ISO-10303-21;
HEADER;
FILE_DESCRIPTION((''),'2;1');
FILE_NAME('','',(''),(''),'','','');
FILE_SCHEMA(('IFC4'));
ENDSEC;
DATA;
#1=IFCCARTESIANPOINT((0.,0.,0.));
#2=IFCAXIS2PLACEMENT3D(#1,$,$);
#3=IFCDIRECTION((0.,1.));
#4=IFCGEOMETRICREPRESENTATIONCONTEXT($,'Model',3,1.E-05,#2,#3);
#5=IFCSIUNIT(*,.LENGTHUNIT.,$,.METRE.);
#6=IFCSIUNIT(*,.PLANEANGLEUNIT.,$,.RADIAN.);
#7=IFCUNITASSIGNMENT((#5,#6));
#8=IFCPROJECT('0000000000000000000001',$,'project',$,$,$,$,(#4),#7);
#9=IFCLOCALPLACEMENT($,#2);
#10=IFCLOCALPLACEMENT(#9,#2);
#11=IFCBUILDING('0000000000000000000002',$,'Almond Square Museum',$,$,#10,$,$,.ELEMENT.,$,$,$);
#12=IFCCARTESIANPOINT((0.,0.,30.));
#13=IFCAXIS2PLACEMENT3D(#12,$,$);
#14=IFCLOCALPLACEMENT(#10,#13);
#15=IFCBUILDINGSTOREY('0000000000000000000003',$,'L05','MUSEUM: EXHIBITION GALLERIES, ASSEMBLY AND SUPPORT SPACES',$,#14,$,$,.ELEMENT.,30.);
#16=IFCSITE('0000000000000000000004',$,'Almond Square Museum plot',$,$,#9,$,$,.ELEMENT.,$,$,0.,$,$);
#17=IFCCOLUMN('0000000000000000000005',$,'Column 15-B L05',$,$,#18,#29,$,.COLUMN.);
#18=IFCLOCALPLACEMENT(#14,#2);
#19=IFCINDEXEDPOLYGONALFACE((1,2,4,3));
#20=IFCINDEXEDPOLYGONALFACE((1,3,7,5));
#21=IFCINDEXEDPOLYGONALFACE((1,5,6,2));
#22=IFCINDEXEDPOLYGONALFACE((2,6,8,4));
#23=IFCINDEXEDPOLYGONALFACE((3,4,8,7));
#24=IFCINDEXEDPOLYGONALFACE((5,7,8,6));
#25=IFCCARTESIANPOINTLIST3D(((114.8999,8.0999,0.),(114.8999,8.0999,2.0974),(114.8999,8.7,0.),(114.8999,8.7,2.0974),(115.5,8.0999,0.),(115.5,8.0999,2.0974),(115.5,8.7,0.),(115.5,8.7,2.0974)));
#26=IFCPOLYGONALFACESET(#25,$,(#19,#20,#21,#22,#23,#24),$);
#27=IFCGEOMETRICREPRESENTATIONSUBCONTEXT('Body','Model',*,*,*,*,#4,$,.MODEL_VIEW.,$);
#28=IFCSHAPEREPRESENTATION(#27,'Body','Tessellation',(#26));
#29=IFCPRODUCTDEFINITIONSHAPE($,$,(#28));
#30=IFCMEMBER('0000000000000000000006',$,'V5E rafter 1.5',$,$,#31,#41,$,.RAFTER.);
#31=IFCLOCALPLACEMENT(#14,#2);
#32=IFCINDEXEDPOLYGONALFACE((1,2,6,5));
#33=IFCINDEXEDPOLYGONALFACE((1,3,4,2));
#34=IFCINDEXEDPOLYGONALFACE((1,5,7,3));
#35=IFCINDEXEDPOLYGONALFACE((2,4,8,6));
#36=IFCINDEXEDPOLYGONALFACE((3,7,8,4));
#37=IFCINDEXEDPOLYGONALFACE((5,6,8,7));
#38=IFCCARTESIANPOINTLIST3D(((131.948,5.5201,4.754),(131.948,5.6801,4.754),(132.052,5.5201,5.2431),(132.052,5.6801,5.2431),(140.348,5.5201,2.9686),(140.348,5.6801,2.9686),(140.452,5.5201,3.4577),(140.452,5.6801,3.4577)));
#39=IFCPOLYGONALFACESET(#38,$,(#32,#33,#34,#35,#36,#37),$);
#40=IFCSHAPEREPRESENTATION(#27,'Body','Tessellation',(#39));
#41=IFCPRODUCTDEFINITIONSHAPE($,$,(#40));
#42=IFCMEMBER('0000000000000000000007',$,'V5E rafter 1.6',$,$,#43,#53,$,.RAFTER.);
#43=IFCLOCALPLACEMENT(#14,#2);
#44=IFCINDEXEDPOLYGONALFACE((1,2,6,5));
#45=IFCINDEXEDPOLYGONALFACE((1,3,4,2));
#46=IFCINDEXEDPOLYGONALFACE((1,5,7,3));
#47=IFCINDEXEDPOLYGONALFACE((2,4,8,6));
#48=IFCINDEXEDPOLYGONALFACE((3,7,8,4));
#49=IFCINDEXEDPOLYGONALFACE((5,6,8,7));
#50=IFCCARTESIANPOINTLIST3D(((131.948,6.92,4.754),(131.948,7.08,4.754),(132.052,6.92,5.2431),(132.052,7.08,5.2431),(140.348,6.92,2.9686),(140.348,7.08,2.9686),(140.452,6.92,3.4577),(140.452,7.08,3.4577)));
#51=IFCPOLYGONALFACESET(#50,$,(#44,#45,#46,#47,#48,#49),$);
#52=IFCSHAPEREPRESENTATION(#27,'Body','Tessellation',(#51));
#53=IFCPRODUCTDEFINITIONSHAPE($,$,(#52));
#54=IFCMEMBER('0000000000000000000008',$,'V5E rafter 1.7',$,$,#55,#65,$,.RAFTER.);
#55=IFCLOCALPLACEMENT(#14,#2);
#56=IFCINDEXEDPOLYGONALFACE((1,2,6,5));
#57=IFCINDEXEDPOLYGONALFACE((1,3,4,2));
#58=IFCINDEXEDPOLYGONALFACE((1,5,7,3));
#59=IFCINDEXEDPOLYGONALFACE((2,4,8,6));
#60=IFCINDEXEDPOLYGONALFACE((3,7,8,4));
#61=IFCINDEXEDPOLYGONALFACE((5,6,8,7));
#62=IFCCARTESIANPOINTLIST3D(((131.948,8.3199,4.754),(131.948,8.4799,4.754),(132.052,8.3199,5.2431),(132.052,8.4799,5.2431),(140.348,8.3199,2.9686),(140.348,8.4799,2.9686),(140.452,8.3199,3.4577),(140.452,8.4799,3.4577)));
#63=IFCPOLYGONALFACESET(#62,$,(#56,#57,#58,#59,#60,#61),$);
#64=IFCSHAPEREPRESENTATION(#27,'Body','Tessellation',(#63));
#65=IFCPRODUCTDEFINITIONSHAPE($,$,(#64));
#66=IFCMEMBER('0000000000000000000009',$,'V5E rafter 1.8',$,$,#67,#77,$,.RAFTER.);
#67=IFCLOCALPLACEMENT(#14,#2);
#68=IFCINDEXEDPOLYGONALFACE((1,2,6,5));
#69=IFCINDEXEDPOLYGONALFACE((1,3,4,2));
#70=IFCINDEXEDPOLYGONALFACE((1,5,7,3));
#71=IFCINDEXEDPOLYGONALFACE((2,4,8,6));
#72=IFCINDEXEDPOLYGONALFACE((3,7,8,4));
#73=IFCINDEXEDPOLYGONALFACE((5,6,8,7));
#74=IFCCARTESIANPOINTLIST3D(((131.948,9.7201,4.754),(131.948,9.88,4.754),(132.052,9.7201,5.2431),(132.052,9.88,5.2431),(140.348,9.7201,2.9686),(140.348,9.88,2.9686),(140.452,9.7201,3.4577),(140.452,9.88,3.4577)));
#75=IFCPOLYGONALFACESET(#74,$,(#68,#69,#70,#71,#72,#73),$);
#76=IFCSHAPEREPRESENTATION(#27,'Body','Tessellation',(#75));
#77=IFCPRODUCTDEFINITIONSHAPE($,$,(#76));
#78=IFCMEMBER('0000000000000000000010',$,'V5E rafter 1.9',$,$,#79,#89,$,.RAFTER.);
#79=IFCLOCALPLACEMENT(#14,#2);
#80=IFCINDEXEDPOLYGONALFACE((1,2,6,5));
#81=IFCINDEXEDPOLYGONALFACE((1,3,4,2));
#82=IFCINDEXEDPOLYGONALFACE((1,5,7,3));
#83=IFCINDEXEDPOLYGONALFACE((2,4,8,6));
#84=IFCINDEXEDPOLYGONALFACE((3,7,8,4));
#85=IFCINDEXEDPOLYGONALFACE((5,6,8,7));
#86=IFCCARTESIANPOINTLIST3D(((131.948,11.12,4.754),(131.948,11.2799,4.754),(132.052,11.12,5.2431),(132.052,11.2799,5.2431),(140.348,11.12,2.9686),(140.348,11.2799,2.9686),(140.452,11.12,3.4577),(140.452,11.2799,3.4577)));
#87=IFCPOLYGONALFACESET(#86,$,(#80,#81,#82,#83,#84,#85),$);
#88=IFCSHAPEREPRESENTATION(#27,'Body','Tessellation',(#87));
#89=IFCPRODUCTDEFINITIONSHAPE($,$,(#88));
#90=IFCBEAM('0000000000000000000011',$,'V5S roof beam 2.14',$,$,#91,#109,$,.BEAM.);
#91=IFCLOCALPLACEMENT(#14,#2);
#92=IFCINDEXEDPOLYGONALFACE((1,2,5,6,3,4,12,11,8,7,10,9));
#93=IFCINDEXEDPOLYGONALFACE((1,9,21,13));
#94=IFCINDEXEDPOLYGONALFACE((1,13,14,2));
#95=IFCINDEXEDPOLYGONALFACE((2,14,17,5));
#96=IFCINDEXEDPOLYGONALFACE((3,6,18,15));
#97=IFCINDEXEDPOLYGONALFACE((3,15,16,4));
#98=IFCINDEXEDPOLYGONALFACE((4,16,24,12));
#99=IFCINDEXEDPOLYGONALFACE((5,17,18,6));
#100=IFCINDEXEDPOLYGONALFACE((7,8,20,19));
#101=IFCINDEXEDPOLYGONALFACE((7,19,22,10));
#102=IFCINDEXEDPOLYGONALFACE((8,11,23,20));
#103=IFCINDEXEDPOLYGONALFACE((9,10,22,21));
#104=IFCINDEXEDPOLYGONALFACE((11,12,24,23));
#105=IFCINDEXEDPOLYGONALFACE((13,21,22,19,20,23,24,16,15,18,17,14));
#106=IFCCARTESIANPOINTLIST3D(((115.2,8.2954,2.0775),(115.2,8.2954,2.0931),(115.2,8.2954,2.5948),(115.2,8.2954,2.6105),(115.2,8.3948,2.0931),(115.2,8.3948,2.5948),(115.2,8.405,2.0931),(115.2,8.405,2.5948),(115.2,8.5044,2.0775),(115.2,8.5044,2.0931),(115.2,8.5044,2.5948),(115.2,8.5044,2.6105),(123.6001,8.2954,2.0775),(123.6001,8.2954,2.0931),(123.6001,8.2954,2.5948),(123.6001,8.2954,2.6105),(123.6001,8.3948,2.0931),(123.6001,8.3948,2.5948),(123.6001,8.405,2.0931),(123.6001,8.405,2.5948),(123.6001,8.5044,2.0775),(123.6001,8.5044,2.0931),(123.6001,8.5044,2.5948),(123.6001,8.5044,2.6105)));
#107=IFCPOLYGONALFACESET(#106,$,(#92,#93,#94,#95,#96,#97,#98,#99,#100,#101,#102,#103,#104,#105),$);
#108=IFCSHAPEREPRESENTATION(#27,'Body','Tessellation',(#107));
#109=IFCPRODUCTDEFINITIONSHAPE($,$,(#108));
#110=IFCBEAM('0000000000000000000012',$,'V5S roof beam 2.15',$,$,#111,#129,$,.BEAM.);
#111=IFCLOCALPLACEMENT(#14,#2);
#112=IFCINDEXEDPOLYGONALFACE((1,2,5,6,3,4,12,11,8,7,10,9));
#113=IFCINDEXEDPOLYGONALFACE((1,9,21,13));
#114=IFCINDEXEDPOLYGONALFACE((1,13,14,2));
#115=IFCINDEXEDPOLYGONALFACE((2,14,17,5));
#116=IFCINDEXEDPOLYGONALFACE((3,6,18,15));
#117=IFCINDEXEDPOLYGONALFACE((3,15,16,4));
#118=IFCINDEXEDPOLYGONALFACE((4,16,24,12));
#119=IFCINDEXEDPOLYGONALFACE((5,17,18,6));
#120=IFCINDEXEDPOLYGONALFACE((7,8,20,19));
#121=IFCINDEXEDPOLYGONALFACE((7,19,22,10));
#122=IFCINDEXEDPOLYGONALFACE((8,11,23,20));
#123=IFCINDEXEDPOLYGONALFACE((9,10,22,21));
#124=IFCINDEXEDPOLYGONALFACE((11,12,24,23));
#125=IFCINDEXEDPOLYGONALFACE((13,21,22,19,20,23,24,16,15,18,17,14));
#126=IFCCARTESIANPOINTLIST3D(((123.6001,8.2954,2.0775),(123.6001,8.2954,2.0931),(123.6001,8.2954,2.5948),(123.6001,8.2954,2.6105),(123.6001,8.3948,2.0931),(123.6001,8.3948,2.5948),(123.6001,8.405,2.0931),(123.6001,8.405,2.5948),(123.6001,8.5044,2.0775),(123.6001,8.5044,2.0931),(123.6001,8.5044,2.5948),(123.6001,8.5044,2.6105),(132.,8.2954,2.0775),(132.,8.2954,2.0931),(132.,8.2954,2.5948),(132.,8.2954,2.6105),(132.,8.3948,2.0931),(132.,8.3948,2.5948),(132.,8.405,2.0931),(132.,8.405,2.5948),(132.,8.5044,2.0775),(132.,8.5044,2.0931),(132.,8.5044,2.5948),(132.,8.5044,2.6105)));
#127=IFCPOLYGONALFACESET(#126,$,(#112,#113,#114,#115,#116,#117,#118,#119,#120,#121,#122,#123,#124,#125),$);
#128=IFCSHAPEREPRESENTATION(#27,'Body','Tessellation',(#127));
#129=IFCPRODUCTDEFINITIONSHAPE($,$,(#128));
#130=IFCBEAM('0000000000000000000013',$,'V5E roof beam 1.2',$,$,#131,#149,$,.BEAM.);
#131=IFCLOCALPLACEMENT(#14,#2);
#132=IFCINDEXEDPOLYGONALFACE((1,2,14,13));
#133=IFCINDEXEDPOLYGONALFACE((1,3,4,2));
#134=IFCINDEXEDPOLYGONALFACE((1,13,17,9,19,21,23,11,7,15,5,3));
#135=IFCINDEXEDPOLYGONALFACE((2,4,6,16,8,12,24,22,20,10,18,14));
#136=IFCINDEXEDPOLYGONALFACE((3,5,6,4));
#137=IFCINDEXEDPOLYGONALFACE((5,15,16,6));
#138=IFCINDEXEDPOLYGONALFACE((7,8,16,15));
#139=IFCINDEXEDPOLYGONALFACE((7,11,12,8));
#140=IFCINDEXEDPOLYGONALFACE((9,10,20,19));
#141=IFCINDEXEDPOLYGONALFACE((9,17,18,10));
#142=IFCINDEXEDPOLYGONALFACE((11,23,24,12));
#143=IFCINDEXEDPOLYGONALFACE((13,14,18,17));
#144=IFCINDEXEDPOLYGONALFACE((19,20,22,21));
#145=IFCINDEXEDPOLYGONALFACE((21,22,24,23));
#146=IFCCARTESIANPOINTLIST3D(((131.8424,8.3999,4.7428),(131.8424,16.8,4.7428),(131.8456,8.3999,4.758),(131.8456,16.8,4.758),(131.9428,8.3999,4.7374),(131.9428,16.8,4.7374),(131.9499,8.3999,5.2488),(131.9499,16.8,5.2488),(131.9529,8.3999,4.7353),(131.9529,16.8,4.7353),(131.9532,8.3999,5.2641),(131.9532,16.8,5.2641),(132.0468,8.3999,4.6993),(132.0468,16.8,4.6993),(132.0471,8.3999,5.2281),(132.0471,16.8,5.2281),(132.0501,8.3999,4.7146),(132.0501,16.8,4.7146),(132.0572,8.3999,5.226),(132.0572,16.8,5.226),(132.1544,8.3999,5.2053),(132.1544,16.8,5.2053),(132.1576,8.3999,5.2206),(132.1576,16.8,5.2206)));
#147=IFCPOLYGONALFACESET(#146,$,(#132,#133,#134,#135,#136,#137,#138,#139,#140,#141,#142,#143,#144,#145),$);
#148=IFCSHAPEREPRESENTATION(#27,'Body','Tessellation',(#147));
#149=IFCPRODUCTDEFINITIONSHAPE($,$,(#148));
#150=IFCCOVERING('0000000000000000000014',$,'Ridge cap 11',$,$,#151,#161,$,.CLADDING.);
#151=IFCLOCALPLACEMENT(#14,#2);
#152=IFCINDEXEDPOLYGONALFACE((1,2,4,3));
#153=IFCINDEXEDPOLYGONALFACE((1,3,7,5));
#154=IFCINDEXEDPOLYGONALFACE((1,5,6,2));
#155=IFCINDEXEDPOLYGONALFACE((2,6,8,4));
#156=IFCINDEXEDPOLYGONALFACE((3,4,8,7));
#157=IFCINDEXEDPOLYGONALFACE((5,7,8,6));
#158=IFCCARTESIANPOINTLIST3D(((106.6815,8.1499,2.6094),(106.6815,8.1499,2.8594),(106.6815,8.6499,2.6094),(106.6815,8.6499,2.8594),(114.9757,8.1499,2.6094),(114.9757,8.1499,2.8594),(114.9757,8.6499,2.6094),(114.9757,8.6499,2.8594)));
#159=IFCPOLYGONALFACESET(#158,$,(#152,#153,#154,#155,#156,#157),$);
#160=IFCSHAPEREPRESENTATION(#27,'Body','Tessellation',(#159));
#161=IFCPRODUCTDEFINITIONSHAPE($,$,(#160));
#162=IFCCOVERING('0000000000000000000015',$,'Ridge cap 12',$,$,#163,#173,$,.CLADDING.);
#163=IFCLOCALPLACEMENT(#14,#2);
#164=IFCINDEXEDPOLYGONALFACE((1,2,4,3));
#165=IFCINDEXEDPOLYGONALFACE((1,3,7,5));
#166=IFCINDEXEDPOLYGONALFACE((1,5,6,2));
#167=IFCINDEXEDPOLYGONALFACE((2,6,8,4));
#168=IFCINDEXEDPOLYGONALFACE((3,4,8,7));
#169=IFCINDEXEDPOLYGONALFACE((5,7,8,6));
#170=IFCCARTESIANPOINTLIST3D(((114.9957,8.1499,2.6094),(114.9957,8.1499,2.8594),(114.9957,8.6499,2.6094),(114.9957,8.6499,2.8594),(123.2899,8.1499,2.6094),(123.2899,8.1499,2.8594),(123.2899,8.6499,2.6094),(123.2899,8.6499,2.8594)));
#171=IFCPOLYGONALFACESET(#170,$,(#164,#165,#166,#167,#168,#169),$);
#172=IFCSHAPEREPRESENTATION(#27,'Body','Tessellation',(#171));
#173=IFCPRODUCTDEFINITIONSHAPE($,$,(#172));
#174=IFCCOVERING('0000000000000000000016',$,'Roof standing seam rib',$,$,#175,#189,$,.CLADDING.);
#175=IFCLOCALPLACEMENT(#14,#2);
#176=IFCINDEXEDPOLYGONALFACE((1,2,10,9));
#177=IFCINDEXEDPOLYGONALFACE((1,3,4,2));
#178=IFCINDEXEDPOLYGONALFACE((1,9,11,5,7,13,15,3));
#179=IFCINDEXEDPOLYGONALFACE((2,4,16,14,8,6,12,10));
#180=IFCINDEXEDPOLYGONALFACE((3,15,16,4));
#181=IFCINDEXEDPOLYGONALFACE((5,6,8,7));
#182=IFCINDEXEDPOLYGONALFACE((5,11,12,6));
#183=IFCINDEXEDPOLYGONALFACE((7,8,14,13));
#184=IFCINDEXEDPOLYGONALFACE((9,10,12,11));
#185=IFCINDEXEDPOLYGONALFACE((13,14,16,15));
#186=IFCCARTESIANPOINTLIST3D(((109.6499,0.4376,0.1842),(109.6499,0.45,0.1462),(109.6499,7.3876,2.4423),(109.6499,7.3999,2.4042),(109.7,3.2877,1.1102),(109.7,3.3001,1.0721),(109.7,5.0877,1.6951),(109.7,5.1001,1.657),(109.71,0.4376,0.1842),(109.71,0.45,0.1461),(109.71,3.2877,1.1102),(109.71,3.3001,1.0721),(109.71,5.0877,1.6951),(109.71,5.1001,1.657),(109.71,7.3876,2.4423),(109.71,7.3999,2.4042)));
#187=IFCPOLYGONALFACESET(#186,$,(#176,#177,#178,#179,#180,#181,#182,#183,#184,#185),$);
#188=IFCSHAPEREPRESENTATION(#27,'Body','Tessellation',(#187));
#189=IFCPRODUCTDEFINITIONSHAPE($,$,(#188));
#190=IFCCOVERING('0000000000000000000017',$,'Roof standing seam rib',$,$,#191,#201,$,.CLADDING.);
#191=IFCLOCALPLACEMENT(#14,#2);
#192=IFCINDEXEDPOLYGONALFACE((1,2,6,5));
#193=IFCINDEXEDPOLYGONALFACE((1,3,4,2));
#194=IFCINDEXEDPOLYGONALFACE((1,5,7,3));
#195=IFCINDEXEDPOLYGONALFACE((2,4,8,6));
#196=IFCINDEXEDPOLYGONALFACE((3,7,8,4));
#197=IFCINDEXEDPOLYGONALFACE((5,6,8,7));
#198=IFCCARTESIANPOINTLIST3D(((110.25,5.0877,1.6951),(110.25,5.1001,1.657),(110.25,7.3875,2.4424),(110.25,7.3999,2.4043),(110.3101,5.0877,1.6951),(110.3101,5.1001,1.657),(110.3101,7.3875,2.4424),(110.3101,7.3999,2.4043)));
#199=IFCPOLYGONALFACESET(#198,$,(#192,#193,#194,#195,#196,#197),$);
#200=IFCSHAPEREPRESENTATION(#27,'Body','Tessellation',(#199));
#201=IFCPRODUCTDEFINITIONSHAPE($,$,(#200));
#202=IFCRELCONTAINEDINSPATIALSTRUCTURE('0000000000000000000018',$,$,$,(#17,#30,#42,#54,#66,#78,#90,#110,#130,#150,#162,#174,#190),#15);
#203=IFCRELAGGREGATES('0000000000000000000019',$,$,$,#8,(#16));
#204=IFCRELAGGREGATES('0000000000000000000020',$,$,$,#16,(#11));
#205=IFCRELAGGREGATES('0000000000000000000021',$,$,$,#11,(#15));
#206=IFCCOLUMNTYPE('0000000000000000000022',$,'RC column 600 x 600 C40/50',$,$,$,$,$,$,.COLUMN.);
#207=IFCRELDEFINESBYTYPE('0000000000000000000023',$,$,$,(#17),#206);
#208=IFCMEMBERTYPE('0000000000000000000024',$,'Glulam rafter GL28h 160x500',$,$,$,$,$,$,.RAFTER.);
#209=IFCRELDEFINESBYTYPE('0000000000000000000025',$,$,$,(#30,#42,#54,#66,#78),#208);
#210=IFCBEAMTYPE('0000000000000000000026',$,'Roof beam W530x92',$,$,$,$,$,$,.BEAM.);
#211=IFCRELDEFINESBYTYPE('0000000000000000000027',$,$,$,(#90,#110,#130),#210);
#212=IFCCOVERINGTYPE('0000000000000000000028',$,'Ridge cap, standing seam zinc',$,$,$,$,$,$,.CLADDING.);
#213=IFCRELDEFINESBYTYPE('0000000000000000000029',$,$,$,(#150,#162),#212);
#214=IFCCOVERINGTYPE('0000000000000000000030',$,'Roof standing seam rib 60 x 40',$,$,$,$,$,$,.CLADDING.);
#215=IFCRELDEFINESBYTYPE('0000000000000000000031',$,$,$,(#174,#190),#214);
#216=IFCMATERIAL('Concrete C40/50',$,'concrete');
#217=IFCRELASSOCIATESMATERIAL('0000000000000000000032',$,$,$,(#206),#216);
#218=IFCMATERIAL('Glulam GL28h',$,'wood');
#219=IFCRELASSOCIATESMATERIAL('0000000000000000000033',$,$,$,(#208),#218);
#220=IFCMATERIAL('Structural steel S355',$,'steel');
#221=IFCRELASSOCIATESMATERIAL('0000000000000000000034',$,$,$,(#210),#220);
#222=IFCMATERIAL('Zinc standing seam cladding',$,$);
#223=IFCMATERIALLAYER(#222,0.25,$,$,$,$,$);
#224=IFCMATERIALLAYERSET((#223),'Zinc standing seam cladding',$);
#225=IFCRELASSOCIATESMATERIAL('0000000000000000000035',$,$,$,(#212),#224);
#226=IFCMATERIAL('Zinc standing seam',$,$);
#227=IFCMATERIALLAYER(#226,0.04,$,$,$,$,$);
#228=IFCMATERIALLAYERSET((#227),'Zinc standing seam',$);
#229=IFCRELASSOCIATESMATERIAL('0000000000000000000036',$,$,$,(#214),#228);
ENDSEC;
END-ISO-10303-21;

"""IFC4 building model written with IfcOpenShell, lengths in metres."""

from ifc_helpers import new_model, si_unit, direction, frame, origin, origin_2d, place, context, subcontext, project, spatial, polyline, rectangle, i_section, outline, extrude, material, layer, layer_set, material_profile, profile_set, type_object, element, save


model = new_model("IFC4")

# Units and contexts
model_context = context("Model", 3, precision=1e-05, world=origin(), true_north=direction((0.0, 1.0)))
body_context = subcontext(model_context, "Body", "Model", "MODEL_VIEW")
ifc_project = project(units=[si_unit("LENGTHUNIT", "METRE"), si_unit("PLANEANGLEUNIT", "RADIAN")], contexts=[model_context])

# Site, building, storey
site_placement = place(None, origin())
site = spatial("IfcSite", under=ifc_project, at=site_placement, Name="Almond Square Museum plot", CompositionType="ELEMENT", RefElevation=0.0)
building_placement = place(site_placement, origin())
building = spatial("IfcBuilding", under=site, at=building_placement, Name="Almond Square Museum", CompositionType="ELEMENT")
storey_placement = place(building_placement, frame((0.0, 0.0, 30.0)))
storey = spatial("IfcBuildingStorey", under=building, at=storey_placement, Name="L05", Description="MUSEUM: EXHIBITION GALLERIES, ASSEMBLY AND SUPPORT SPACES", CompositionType="ELEMENT", Elevation=30.0)

# Column
ifc_material_1 = material(Name="Concrete C40/50", Category="concrete")
ifc_material_profile_1 = material_profile(ifc_material_1, rectangle(XDim=0.6001, YDim=0.6001, at=origin_2d()))
ifc_profile_set_1 = profile_set([ifc_material_profile_1], Name="Concrete C40/50")
column_type = type_object("IfcColumnType", Name="RC column 600 x 600 C40/50", PredefinedType="COLUMN", material=ifc_profile_set_1)
column_placement = place(storey_placement, frame((115.2, 8.3999, 0.0), z_axis=(0.0, 0.0, 1.0), x_axis=(1.0, 0.0, 0.0)))
element("IfcColumn", 1, at=column_placement, inside=storey, type_object=column_type, Name="Column 15-B L05", PredefinedType="COLUMN", context=body_context, shape_type="SweptSolid", body=[
    extrude(rectangle(XDim=0.6001, YDim=0.6001, at=origin_2d()), origin(), (0.0, 0.0, 1.0), 2.0974),
])

# Members
ifc_material_2 = material(Name="Glulam GL28h", Category="wood")
ifc_material_profile_2 = material_profile(ifc_material_2, rectangle(XDim=0.1599, YDim=0.5, at=origin_2d()))
ifc_profile_set_2 = profile_set([ifc_material_profile_2], Name="Glulam GL28h")
member_type = type_object("IfcMemberType", Name="Glulam rafter GL28h 160x500", PredefinedType="RAFTER", material=ifc_profile_set_2)
for number, where, z_axis, x_axis, name in (
    (2, (132.0, 5.6001, 4.9985), (0.978149, 0.0, -0.207906), (0.0, 1.0, 0.0), "V5E rafter 1.5"),
    (3, (132.0, 7.0, 4.9985), (0.978149, 0.0, -0.207906), (0.0, 1.0, 0.0), "V5E rafter 1.6"),
    (4, (132.0, 8.3999, 4.9985), (0.978149, 0.0, -0.207906), (0.0, 1.0, 0.0), "V5E rafter 1.7"),
    (5, (132.0, 9.8, 4.9985), (0.978149, 0.0, -0.207906), (0.0, 1.0, 0.0), "V5E rafter 1.8"),
    (6, (132.0, 11.2, 4.9985), (0.978149, 0.0, -0.207906), (0.0, 1.0, 0.0), "V5E rafter 1.9"),
):
    element("IfcMember", number, at=place(storey_placement, frame(where, z_axis=z_axis, x_axis=x_axis)), inside=storey, type_object=member_type, Name=name, PredefinedType="RAFTER", context=body_context, shape_type="SweptSolid", body=[
        extrude(rectangle(XDim=0.1599, YDim=0.5, at=origin_2d()), origin(), (0.0, 0.0, 1.0), 8.5876),
    ])

# Beams
ifc_material_3 = material(Name="Structural steel S355", Category="steel")
ifc_material_profile_3 = material_profile(ifc_material_3, i_section(OverallWidth=0.209, OverallDepth=0.533, WebThickness=0.0103, FlangeThickness=0.0156, at=origin_2d()))
ifc_profile_set_3 = profile_set([ifc_material_profile_3], Name="Structural steel S355")
beam_type = type_object("IfcBeamType", Name="Roof beam W530x92", PredefinedType="BEAM", material=ifc_profile_set_3)
beam_1_placement = place(storey_placement, frame((115.2, 8.3999, 2.344), z_axis=(1.0, 0.0, 0.0), x_axis=(0.0, 1.0, 0.0)))
element("IfcBeam", 7, at=beam_1_placement, inside=storey, type_object=beam_type, Name="V5S roof beam 2.14", PredefinedType="BEAM", context=body_context, shape_type="SweptSolid", body=[
    extrude(i_section(OverallWidth=0.209, OverallDepth=0.533, WebThickness=0.0103, FlangeThickness=0.0156, at=origin_2d()), origin(), (0.0, 0.0, 1.0), 8.4001),
])
beam_2_placement = place(storey_placement, frame((123.6001, 8.3999, 2.344), z_axis=(1.0, 0.0, 0.0), x_axis=(0.0, 1.0, 0.0)))
element("IfcBeam", 8, at=beam_2_placement, inside=storey, type_object=beam_type, Name="V5S roof beam 2.15", PredefinedType="BEAM", context=body_context, shape_type="SweptSolid", body=[
    extrude(i_section(OverallWidth=0.209, OverallDepth=0.533, WebThickness=0.0103, FlangeThickness=0.0156, at=origin_2d()), origin(), (0.0, 0.0, 1.0), 8.3999),
])
beam_3_placement = place(storey_placement, frame((132.0, 8.3999, 4.9817), z_axis=(0.0, 1.0, 0.0), x_axis=(-0.978148, 0.0, 0.207912)))
element("IfcBeam", 9, at=beam_3_placement, inside=storey, type_object=beam_type, Name="V5E roof beam 1.2", PredefinedType="BEAM", context=body_context, shape_type="SweptSolid", body=[
    extrude(i_section(OverallWidth=0.209, OverallDepth=0.533, WebThickness=0.0103, FlangeThickness=0.0156, at=origin_2d()), origin(), (0.0, 0.0, 1.0), 8.4001),
])

# Coverings
ifc_material_4 = material(Name="Zinc standing seam cladding")
ifc_layer_1 = layer(ifc_material_4, 0.25)
ifc_layer_set_1 = layer_set([ifc_layer_1], Name="Zinc standing seam cladding")
covering_type_1 = type_object("IfcCoveringType", Name="Ridge cap, standing seam zinc", PredefinedType="CLADDING", material=ifc_layer_set_1)
for number, where, z_axis, x_axis, name in (
    (10, (110.8286, 8.3999, 2.6094), (0.0, 0.0, 1.0), (1.0, 0.0, 0.0), "Ridge cap 11"),
    (11, (119.1428, 8.3999, 2.6094), (0.0, 0.0, 1.0), (1.0, 0.0, 0.0), "Ridge cap 12"),
):
    element("IfcCovering", number, at=place(storey_placement, frame(where, z_axis=z_axis, x_axis=x_axis)), inside=storey, type_object=covering_type_1, Name=name, PredefinedType="CLADDING", context=body_context, shape_type="SweptSolid", body=[
        extrude(rectangle(XDim=8.2942, YDim=0.5, at=origin_2d()), origin(), (0.0, 0.0, 1.0), 0.25),
    ])
ifc_material_5 = material(Name="Zinc standing seam")
ifc_layer_2 = layer(ifc_material_5, 0.04)
ifc_layer_set_2 = layer_set([ifc_layer_2], Name="Zinc standing seam")
covering_type_2 = type_object("IfcCoveringType", Name="Roof standing seam rib 60 x 40", PredefinedType="CLADDING", material=ifc_layer_set_2)
covering_1_placement = place(storey_placement, frame((109.7, 5.1001, 1.657), z_axis=(0.00038, -0.309005, 0.95106), x_axis=(1.0, 0.000117, -0.000361)))
element("IfcCovering", 12, at=covering_1_placement, inside=storey, type_object=covering_type_2, Name="Roof standing seam rib", PredefinedType="CLADDING", context=body_context, shape_type="SweptSolid", body=[
    extrude(outline(polyline([(0.0, 0.0), (0.01, 0.0), (0.01, 2.4182), (-0.05, 2.4182), (-0.05, -4.8894), (0.01, -4.8894), (0.01, -1.8926), (0.0, -1.8926), (0.0, 0.0)])), origin(), (0.0, 0.0, 1.0), 0.04),
])
covering_2_placement = place(storey_placement, frame((110.25, 5.1001, 1.657), z_axis=(0.0, -0.30904, 0.951049), x_axis=(1.0, 0.0, 0.0)))
element("IfcCovering", 13, at=covering_2_placement, inside=storey, type_object=covering_type_2, Name="Roof standing seam rib", PredefinedType="CLADDING", context=body_context, shape_type="SweptSolid", body=[
    extrude(outline(polyline([(0.0, 0.0), (0.0601, 0.0), (0.0601, 2.4182), (0.0, 2.4182), (0.0, 0.0)])), origin(), (0.0, 0.0, 1.0), 0.04),
])

save(model, "model.ifc")
